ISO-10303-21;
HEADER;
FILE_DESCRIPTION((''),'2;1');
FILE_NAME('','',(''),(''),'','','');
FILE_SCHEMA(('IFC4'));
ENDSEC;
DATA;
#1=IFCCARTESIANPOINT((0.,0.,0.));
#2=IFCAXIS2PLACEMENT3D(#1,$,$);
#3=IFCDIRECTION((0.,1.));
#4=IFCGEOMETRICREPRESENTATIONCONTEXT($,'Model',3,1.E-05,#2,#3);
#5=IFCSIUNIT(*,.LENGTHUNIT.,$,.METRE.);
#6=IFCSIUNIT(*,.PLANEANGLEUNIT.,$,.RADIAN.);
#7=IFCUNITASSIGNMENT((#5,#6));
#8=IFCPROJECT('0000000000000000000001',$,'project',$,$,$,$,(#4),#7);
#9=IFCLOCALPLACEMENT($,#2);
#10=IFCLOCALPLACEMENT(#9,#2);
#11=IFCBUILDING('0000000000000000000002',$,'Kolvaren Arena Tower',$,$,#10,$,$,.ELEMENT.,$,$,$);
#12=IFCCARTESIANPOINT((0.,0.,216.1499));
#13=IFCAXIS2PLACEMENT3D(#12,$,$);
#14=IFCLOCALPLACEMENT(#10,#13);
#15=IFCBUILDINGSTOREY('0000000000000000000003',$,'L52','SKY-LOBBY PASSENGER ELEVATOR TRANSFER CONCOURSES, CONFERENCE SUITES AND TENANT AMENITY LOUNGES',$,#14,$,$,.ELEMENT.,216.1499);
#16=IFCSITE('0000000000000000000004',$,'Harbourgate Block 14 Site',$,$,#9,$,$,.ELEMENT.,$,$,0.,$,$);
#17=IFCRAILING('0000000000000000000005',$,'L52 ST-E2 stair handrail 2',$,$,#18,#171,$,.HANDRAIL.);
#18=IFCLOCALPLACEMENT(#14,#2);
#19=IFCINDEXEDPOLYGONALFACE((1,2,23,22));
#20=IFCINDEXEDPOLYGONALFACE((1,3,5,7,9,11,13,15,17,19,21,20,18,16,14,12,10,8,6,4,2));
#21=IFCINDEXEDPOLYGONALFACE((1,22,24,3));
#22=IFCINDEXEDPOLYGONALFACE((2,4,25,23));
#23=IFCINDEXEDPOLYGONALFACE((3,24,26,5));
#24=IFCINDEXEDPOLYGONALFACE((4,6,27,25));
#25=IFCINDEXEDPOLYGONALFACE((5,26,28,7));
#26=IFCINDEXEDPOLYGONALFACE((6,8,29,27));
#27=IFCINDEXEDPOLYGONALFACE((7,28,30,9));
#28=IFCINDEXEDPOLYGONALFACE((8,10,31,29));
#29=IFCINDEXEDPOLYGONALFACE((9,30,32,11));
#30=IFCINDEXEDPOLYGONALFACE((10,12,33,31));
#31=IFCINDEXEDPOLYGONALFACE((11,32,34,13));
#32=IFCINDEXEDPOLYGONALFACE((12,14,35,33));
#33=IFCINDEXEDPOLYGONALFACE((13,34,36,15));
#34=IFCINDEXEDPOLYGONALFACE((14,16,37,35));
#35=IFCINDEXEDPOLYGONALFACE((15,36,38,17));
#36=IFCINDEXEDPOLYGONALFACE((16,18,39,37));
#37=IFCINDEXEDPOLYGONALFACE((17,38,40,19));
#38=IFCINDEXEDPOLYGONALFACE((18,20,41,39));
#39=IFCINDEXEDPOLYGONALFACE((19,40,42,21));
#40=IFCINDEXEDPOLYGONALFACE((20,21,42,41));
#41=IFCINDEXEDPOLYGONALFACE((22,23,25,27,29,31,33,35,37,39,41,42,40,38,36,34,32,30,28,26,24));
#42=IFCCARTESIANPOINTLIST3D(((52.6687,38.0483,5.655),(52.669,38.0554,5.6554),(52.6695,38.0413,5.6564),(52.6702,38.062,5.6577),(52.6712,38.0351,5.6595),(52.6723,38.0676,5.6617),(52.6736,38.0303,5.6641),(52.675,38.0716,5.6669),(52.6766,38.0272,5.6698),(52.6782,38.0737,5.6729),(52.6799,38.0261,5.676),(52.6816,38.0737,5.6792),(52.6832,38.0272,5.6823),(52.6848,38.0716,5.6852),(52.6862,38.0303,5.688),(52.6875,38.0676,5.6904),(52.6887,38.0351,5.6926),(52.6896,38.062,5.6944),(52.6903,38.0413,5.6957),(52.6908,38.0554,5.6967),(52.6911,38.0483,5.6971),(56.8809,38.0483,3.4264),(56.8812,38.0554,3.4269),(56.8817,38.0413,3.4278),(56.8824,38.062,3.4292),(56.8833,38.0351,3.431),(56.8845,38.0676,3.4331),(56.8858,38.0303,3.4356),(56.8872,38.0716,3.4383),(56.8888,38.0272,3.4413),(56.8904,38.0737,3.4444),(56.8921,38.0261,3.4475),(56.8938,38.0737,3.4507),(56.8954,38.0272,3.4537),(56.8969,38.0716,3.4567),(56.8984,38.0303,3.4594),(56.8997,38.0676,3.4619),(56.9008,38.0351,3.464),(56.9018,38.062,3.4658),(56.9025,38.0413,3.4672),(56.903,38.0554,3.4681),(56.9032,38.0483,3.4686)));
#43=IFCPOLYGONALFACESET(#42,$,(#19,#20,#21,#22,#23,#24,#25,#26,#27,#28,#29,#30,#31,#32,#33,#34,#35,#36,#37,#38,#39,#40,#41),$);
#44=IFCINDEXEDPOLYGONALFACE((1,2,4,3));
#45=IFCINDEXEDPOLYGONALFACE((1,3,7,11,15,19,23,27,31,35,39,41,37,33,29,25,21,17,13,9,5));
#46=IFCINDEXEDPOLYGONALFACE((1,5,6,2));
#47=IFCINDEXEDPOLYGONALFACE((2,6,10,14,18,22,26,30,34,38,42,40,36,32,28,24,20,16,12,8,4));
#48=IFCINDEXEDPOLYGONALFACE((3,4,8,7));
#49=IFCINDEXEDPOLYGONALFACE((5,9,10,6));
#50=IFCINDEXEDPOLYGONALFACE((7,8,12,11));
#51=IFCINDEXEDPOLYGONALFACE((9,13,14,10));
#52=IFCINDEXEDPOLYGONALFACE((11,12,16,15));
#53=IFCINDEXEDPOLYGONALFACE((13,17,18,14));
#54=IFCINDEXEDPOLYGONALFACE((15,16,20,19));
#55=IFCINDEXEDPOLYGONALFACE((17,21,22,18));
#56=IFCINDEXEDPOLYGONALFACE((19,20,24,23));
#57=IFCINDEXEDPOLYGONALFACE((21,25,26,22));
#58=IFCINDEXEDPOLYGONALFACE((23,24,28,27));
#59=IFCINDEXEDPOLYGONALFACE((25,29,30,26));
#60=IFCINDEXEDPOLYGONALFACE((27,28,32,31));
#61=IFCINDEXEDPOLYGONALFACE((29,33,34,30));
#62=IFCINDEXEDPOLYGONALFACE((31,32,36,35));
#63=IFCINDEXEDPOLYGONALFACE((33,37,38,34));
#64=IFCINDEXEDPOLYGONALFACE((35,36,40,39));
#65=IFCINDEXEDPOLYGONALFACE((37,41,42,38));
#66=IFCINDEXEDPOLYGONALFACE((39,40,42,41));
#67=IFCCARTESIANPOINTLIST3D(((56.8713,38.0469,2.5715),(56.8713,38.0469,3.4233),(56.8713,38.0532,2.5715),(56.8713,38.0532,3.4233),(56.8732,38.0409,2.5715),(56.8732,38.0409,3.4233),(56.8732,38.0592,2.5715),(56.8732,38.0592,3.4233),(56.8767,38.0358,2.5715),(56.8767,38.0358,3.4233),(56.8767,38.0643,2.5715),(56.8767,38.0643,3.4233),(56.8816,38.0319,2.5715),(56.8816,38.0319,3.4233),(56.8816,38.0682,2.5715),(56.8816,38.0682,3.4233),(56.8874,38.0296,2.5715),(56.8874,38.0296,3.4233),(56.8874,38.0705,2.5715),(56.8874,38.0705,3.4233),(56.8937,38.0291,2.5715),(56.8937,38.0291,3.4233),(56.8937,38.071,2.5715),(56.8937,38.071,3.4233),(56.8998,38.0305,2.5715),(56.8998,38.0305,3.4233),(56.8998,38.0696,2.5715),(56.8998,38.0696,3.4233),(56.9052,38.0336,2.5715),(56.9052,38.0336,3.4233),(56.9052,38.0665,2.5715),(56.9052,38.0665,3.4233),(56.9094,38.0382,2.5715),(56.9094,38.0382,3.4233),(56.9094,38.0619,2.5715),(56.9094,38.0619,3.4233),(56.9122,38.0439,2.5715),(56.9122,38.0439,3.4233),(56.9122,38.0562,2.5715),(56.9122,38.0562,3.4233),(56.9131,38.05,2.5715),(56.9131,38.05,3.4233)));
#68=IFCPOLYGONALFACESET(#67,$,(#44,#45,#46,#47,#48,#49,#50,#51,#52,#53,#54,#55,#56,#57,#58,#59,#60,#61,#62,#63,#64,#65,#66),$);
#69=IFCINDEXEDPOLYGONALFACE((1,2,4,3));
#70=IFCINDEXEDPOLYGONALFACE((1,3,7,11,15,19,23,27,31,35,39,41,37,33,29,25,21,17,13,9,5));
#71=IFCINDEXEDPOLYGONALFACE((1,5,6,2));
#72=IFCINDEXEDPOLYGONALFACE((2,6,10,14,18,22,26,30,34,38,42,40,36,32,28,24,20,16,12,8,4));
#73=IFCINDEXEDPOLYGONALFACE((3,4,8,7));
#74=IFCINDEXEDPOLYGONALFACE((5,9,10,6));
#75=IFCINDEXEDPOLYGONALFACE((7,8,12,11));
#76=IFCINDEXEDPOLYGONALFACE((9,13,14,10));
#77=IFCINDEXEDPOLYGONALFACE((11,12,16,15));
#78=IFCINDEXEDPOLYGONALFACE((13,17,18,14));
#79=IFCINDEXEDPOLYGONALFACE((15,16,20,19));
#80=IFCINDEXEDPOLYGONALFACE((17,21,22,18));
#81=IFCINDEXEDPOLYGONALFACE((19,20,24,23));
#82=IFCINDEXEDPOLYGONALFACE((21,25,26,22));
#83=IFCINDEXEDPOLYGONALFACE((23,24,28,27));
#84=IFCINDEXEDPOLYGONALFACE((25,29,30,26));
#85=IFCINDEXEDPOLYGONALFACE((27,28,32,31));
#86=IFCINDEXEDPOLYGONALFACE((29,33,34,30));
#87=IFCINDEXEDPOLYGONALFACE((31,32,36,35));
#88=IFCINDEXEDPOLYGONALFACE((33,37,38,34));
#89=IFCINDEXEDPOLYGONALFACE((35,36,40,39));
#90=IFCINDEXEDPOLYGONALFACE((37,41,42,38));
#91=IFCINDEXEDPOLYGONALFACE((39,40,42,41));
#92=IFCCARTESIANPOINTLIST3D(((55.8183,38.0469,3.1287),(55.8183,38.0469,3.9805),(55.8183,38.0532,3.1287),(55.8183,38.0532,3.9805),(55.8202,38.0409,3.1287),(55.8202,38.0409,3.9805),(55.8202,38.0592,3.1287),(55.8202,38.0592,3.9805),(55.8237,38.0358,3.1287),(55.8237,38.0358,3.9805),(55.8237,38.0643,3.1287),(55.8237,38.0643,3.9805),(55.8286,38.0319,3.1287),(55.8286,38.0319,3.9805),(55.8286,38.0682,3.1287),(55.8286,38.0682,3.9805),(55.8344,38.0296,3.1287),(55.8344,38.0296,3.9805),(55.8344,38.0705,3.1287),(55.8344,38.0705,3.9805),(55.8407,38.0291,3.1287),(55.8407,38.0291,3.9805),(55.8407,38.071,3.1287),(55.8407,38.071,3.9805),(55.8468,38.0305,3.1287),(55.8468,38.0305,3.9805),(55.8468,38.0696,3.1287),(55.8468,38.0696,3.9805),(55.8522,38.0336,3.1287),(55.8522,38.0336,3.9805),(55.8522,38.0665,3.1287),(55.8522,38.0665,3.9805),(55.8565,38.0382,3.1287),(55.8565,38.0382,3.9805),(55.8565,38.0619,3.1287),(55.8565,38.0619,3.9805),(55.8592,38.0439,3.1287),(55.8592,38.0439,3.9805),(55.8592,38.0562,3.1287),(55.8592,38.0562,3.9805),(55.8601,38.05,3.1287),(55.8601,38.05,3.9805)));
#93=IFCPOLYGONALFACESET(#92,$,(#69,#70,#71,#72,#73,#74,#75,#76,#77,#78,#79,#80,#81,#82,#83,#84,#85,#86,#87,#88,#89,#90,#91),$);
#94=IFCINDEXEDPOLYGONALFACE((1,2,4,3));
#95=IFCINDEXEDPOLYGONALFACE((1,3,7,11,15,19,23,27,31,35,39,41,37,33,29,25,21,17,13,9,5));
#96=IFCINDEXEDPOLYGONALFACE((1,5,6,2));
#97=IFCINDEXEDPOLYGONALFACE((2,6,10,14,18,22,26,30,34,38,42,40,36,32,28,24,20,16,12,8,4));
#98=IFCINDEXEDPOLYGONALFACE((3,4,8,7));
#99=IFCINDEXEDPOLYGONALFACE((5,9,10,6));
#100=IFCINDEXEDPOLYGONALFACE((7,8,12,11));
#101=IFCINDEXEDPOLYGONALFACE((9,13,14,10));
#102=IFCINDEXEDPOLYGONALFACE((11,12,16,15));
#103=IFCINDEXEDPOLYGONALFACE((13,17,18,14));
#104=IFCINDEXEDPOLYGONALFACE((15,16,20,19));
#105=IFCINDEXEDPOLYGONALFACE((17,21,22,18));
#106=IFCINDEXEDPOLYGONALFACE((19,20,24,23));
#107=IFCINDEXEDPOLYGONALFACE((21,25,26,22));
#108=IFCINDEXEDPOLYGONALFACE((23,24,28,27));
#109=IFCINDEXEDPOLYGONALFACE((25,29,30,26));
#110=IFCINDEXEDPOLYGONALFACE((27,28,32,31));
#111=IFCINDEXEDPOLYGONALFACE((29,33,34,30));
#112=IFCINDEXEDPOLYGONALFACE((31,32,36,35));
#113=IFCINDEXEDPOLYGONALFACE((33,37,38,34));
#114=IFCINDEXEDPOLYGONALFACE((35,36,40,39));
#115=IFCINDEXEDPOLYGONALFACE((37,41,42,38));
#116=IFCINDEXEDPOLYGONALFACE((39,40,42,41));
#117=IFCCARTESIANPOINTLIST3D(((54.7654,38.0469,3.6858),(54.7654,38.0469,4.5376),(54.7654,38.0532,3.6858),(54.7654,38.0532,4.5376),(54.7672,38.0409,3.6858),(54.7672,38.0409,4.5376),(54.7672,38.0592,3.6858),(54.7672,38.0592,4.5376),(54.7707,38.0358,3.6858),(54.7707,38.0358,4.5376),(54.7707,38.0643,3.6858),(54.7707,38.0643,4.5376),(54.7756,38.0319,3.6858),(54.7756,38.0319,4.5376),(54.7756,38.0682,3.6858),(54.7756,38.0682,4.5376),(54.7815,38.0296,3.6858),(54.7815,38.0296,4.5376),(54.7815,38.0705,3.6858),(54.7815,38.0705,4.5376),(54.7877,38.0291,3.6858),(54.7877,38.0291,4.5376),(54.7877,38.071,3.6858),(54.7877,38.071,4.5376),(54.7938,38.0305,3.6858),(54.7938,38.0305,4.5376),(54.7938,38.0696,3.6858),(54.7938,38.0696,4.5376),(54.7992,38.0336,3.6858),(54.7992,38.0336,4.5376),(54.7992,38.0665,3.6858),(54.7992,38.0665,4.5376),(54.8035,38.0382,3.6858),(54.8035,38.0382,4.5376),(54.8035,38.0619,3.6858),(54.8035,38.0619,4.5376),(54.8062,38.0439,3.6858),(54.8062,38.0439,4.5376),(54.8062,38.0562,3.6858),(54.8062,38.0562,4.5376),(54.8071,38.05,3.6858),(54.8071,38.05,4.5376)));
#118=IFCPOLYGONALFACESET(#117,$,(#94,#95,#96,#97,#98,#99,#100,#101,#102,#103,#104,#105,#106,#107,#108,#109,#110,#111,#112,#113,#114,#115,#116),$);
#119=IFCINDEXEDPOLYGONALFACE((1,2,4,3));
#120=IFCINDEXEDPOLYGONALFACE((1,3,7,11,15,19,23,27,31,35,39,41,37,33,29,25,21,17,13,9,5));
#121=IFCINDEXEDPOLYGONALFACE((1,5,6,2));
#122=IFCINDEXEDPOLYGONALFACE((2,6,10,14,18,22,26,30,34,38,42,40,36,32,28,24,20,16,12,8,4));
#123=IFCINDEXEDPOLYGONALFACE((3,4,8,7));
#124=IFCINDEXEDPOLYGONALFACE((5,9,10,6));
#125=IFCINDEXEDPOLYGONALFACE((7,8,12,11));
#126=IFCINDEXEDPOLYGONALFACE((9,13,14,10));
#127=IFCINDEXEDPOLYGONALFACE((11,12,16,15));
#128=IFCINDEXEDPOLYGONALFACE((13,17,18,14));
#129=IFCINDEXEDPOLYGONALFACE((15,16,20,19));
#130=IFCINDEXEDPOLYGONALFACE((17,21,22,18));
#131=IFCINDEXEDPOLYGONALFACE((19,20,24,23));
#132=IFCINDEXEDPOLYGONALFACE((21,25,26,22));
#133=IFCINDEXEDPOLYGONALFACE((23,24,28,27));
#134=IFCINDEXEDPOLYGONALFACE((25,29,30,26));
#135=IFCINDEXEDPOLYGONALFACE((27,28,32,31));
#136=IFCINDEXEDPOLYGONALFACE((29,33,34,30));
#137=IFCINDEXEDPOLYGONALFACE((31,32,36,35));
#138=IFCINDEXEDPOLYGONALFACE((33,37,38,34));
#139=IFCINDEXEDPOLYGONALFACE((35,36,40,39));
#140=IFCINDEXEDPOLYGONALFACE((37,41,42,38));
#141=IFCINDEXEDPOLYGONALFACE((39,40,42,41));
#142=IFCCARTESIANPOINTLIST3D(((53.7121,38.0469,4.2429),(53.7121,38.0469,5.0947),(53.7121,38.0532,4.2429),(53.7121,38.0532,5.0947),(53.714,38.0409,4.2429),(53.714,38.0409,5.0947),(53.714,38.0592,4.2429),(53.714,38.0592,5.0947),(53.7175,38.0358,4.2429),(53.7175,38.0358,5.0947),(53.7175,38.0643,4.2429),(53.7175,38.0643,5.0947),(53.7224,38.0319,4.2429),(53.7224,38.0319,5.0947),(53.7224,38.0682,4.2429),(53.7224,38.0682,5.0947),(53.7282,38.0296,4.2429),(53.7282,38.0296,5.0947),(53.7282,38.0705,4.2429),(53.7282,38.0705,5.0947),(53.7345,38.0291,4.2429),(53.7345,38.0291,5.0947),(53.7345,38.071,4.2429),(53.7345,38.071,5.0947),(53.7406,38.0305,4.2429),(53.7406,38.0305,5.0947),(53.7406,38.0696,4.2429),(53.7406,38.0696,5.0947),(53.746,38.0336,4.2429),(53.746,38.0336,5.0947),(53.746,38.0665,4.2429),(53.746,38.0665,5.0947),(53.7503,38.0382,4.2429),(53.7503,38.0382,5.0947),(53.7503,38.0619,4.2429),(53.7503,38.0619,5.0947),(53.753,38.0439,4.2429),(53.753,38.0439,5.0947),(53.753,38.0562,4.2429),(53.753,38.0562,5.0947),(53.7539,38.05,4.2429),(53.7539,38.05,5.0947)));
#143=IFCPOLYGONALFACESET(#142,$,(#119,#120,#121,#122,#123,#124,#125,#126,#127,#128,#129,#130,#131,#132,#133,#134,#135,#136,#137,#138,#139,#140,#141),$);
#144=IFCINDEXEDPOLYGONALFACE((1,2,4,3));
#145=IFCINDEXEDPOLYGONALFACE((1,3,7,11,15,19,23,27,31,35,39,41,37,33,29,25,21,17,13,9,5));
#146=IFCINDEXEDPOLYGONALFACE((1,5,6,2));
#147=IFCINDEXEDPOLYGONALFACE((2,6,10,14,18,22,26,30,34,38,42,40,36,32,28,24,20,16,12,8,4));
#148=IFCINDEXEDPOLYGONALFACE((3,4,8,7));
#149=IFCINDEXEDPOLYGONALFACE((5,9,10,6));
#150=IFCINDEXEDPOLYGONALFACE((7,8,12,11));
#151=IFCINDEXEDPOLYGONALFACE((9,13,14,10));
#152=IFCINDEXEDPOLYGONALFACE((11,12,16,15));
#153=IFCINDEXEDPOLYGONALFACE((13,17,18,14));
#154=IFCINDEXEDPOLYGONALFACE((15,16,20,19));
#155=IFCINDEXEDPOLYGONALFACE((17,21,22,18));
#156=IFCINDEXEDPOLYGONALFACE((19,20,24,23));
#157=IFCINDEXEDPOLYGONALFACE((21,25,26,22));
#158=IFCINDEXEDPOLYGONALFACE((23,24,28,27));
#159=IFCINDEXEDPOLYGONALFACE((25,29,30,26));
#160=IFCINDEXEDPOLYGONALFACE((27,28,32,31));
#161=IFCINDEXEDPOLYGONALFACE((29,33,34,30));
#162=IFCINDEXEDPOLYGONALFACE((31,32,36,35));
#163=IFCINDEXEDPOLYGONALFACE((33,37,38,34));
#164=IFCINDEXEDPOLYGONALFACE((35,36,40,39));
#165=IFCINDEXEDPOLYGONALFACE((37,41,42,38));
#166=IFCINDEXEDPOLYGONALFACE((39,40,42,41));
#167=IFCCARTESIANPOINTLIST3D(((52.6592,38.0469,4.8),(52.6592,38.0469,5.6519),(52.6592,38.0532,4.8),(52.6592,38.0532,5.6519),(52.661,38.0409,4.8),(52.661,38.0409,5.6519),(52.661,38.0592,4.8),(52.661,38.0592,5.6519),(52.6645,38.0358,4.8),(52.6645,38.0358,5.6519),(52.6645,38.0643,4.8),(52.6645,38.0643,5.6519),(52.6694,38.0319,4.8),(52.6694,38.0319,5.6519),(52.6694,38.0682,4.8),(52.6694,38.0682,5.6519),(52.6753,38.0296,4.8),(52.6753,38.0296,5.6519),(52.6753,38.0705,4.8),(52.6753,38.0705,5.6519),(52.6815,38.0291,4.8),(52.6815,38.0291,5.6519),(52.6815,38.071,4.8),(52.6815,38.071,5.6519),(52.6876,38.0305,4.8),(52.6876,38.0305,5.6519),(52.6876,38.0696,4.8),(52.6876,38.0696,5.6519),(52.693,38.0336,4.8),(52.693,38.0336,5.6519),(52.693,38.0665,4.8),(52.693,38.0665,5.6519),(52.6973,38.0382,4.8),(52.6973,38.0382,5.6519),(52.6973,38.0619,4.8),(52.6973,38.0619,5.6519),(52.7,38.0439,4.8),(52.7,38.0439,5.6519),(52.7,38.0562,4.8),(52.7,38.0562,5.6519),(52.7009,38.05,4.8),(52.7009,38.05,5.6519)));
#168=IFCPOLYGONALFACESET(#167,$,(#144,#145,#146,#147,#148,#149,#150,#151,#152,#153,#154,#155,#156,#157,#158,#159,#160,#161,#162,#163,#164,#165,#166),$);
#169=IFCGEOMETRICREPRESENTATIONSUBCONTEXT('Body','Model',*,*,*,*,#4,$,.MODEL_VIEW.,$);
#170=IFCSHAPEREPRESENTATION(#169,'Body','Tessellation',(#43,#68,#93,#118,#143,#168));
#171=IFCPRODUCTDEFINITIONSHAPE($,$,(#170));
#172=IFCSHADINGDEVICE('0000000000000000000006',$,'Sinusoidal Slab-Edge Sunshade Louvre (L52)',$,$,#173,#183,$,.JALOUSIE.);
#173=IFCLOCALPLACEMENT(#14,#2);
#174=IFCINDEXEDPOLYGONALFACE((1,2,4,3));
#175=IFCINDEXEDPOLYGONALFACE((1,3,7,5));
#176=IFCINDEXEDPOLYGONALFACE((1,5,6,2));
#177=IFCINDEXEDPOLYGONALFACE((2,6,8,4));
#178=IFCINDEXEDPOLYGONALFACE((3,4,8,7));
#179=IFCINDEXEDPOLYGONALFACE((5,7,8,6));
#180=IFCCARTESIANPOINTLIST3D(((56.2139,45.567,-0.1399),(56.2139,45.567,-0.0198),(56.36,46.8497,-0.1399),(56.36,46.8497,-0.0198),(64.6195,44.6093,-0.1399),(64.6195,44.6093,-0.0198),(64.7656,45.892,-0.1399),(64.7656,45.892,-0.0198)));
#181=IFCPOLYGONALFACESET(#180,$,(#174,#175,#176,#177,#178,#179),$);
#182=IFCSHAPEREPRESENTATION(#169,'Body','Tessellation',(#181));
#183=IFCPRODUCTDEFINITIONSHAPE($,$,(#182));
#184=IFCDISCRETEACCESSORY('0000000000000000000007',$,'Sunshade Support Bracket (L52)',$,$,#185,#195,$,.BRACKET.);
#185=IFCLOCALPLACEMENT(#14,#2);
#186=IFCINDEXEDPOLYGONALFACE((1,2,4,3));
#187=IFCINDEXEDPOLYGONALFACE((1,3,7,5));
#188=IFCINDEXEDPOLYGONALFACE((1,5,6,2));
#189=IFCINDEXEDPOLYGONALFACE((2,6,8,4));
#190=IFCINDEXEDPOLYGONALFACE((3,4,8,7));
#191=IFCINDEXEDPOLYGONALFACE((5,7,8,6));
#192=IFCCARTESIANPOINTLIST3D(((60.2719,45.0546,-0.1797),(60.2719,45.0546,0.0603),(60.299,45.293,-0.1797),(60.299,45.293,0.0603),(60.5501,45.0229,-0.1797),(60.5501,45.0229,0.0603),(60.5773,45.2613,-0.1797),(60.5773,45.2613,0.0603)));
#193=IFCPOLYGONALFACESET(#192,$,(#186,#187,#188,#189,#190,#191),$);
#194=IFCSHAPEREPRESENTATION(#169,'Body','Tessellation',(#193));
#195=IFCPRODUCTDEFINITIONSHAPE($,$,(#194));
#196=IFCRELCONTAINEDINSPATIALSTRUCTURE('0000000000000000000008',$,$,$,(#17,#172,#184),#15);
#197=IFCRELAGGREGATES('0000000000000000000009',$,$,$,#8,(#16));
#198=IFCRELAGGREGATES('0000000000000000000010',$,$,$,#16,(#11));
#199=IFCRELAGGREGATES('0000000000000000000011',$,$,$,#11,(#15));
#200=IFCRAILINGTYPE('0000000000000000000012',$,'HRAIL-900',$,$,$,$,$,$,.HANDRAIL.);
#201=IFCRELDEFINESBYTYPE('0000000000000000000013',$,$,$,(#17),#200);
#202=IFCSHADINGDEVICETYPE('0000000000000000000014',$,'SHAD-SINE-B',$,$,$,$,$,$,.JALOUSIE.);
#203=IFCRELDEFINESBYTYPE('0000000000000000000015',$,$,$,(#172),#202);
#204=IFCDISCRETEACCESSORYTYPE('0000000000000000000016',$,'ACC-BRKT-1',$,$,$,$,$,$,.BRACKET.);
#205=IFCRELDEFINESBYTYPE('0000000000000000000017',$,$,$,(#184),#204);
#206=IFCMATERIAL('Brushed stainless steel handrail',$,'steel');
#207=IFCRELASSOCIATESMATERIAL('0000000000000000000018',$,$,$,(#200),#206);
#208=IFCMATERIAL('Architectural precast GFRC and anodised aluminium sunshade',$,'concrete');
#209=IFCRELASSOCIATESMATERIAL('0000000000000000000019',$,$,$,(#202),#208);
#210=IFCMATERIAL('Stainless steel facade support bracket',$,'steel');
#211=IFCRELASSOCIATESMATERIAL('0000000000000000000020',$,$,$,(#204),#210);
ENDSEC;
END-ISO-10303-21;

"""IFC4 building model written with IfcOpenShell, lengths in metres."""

from ifc_helpers import new_model, si_unit, direction, frame, origin, origin_2d, place, context, subcontext, project, spatial, rectangle, circle, extrude, material, type_object, element, save


model = new_model("IFC4")

# Units and contexts
model_context = context("Model", 3, precision=1e-05, world=origin(), true_north=direction((0.0, 1.0)))
body_context = subcontext(model_context, "Body", "Model", "MODEL_VIEW")
ifc_project = project(units=[si_unit("LENGTHUNIT", "METRE"), si_unit("PLANEANGLEUNIT", "RADIAN")], contexts=[model_context])

# Site, building, storey
site_placement = place(None, origin())
site = spatial("IfcSite", under=ifc_project, at=site_placement, Name="Harbourgate Block 14 Site", CompositionType="ELEMENT", RefElevation=0.0)
building_placement = place(site_placement, origin())
building = spatial("IfcBuilding", under=site, at=building_placement, Name="Kolvaren Arena Tower", CompositionType="ELEMENT")
storey_placement = place(building_placement, frame((0.0, 0.0, 216.1499)))
storey = spatial("IfcBuildingStorey", under=building, at=storey_placement, Name="L52", Description="SKY-LOBBY PASSENGER ELEVATOR TRANSFER CONCOURSES, CONFERENCE SUITES AND TENANT AMENITY LOUNGES", CompositionType="ELEMENT", Elevation=216.1499)

# Railing
ifc_material_1 = material(Name="Brushed stainless steel handrail", Category="steel")
railing_type_1 = type_object("IfcRailingType", Name="HRAIL-900", PredefinedType="HANDRAIL", material=ifc_material_1)
railing_1_placement = place(storey_placement, frame((56.8921, 38.05, 2.5715)))
element("IfcRailing", 1, at=railing_1_placement, inside=storey, type_object=railing_type_1, Name="L52 ST-E2 stair handrail 2", PredefinedType="HANDRAIL", context=body_context, shape_type="SweptSolid", body=[
    extrude(circle(Radius=0.0239, at=origin_2d()), frame((0.0, 0.0, 0.876), z_axis=(-0.883914, 0.0, 0.46765), x_axis=(0.0, -1.0, 0.0)), (0.0, 0.0, 1.0), 4.7654),
    extrude(circle(Radius=0.021, at=origin_2d()), origin(), (0.0, 0.0, 1.0), 0.8518),
    extrude(circle(Radius=0.021, at=origin_2d()), frame((-1.053, 0.0, 0.5571)), (0.0, 0.0, 1.0), 0.8518),
    extrude(circle(Radius=0.021, at=origin_2d()), frame((-2.106, 0.0, 1.1143)), (0.0, 0.0, 1.0), 0.8518),
    extrude(circle(Radius=0.021, at=origin_2d()), frame((-3.1592, 0.0, 1.6714)), (0.0, 0.0, 1.0), 0.8518),
    extrude(circle(Radius=0.021, at=origin_2d()), frame((-4.2122, 0.0, 2.2285)), (0.0, 0.0, 1.0), 0.8518),
])

# Shading device
ifc_material_2 = material(Name="Architectural precast GFRC and anodised aluminium sunshade", Category="concrete")
shading_device_type = type_object("IfcShadingDeviceType", Name="SHAD-SINE-B", PredefinedType="JALOUSIE", material=ifc_material_2)
shading_device_placement = place(storey_placement, frame((60.4897, 45.7295, -0.1399), z_axis=(0.0, 0.0, 1.0), x_axis=(0.993572, -0.113205, 0.0)))
element("IfcShadingDevice", 2, at=shading_device_placement, inside=storey, type_object=shading_device_type, Name="Sinusoidal Slab-Edge Sunshade Louvre (L52)", PredefinedType="JALOUSIE", context=body_context, shape_type="SweptSolid", body=[
    extrude(rectangle(XDim=8.46, YDim=1.291, at=origin_2d()), origin(), (0.0, 0.0, 1.0), 0.1201),
])

# Discrete accessory
ifc_material_3 = material(Name="Stainless steel facade support bracket", Category="steel")
discrete_accessory_type = type_object("IfcDiscreteAccessoryType", Name="ACC-BRKT-1", PredefinedType="BRACKET", material=ifc_material_3)
discrete_accessory_placement = place(storey_placement, frame((60.4246, 45.158, -0.1797), z_axis=(0.0, 0.0, 1.0), x_axis=(0.993572, -0.113205, 0.0)))
element("IfcDiscreteAccessory", 3, at=discrete_accessory_placement, inside=storey, type_object=discrete_accessory_type, Name="Sunshade Support Bracket (L52)", PredefinedType="BRACKET", context=body_context, shape_type="SweptSolid", body=[
    extrude(rectangle(XDim=0.28, YDim=0.24, at=origin_2d()), origin(), (0.0, 0.0, 1.0), 0.24),
])

save(model, "model.ifc")
